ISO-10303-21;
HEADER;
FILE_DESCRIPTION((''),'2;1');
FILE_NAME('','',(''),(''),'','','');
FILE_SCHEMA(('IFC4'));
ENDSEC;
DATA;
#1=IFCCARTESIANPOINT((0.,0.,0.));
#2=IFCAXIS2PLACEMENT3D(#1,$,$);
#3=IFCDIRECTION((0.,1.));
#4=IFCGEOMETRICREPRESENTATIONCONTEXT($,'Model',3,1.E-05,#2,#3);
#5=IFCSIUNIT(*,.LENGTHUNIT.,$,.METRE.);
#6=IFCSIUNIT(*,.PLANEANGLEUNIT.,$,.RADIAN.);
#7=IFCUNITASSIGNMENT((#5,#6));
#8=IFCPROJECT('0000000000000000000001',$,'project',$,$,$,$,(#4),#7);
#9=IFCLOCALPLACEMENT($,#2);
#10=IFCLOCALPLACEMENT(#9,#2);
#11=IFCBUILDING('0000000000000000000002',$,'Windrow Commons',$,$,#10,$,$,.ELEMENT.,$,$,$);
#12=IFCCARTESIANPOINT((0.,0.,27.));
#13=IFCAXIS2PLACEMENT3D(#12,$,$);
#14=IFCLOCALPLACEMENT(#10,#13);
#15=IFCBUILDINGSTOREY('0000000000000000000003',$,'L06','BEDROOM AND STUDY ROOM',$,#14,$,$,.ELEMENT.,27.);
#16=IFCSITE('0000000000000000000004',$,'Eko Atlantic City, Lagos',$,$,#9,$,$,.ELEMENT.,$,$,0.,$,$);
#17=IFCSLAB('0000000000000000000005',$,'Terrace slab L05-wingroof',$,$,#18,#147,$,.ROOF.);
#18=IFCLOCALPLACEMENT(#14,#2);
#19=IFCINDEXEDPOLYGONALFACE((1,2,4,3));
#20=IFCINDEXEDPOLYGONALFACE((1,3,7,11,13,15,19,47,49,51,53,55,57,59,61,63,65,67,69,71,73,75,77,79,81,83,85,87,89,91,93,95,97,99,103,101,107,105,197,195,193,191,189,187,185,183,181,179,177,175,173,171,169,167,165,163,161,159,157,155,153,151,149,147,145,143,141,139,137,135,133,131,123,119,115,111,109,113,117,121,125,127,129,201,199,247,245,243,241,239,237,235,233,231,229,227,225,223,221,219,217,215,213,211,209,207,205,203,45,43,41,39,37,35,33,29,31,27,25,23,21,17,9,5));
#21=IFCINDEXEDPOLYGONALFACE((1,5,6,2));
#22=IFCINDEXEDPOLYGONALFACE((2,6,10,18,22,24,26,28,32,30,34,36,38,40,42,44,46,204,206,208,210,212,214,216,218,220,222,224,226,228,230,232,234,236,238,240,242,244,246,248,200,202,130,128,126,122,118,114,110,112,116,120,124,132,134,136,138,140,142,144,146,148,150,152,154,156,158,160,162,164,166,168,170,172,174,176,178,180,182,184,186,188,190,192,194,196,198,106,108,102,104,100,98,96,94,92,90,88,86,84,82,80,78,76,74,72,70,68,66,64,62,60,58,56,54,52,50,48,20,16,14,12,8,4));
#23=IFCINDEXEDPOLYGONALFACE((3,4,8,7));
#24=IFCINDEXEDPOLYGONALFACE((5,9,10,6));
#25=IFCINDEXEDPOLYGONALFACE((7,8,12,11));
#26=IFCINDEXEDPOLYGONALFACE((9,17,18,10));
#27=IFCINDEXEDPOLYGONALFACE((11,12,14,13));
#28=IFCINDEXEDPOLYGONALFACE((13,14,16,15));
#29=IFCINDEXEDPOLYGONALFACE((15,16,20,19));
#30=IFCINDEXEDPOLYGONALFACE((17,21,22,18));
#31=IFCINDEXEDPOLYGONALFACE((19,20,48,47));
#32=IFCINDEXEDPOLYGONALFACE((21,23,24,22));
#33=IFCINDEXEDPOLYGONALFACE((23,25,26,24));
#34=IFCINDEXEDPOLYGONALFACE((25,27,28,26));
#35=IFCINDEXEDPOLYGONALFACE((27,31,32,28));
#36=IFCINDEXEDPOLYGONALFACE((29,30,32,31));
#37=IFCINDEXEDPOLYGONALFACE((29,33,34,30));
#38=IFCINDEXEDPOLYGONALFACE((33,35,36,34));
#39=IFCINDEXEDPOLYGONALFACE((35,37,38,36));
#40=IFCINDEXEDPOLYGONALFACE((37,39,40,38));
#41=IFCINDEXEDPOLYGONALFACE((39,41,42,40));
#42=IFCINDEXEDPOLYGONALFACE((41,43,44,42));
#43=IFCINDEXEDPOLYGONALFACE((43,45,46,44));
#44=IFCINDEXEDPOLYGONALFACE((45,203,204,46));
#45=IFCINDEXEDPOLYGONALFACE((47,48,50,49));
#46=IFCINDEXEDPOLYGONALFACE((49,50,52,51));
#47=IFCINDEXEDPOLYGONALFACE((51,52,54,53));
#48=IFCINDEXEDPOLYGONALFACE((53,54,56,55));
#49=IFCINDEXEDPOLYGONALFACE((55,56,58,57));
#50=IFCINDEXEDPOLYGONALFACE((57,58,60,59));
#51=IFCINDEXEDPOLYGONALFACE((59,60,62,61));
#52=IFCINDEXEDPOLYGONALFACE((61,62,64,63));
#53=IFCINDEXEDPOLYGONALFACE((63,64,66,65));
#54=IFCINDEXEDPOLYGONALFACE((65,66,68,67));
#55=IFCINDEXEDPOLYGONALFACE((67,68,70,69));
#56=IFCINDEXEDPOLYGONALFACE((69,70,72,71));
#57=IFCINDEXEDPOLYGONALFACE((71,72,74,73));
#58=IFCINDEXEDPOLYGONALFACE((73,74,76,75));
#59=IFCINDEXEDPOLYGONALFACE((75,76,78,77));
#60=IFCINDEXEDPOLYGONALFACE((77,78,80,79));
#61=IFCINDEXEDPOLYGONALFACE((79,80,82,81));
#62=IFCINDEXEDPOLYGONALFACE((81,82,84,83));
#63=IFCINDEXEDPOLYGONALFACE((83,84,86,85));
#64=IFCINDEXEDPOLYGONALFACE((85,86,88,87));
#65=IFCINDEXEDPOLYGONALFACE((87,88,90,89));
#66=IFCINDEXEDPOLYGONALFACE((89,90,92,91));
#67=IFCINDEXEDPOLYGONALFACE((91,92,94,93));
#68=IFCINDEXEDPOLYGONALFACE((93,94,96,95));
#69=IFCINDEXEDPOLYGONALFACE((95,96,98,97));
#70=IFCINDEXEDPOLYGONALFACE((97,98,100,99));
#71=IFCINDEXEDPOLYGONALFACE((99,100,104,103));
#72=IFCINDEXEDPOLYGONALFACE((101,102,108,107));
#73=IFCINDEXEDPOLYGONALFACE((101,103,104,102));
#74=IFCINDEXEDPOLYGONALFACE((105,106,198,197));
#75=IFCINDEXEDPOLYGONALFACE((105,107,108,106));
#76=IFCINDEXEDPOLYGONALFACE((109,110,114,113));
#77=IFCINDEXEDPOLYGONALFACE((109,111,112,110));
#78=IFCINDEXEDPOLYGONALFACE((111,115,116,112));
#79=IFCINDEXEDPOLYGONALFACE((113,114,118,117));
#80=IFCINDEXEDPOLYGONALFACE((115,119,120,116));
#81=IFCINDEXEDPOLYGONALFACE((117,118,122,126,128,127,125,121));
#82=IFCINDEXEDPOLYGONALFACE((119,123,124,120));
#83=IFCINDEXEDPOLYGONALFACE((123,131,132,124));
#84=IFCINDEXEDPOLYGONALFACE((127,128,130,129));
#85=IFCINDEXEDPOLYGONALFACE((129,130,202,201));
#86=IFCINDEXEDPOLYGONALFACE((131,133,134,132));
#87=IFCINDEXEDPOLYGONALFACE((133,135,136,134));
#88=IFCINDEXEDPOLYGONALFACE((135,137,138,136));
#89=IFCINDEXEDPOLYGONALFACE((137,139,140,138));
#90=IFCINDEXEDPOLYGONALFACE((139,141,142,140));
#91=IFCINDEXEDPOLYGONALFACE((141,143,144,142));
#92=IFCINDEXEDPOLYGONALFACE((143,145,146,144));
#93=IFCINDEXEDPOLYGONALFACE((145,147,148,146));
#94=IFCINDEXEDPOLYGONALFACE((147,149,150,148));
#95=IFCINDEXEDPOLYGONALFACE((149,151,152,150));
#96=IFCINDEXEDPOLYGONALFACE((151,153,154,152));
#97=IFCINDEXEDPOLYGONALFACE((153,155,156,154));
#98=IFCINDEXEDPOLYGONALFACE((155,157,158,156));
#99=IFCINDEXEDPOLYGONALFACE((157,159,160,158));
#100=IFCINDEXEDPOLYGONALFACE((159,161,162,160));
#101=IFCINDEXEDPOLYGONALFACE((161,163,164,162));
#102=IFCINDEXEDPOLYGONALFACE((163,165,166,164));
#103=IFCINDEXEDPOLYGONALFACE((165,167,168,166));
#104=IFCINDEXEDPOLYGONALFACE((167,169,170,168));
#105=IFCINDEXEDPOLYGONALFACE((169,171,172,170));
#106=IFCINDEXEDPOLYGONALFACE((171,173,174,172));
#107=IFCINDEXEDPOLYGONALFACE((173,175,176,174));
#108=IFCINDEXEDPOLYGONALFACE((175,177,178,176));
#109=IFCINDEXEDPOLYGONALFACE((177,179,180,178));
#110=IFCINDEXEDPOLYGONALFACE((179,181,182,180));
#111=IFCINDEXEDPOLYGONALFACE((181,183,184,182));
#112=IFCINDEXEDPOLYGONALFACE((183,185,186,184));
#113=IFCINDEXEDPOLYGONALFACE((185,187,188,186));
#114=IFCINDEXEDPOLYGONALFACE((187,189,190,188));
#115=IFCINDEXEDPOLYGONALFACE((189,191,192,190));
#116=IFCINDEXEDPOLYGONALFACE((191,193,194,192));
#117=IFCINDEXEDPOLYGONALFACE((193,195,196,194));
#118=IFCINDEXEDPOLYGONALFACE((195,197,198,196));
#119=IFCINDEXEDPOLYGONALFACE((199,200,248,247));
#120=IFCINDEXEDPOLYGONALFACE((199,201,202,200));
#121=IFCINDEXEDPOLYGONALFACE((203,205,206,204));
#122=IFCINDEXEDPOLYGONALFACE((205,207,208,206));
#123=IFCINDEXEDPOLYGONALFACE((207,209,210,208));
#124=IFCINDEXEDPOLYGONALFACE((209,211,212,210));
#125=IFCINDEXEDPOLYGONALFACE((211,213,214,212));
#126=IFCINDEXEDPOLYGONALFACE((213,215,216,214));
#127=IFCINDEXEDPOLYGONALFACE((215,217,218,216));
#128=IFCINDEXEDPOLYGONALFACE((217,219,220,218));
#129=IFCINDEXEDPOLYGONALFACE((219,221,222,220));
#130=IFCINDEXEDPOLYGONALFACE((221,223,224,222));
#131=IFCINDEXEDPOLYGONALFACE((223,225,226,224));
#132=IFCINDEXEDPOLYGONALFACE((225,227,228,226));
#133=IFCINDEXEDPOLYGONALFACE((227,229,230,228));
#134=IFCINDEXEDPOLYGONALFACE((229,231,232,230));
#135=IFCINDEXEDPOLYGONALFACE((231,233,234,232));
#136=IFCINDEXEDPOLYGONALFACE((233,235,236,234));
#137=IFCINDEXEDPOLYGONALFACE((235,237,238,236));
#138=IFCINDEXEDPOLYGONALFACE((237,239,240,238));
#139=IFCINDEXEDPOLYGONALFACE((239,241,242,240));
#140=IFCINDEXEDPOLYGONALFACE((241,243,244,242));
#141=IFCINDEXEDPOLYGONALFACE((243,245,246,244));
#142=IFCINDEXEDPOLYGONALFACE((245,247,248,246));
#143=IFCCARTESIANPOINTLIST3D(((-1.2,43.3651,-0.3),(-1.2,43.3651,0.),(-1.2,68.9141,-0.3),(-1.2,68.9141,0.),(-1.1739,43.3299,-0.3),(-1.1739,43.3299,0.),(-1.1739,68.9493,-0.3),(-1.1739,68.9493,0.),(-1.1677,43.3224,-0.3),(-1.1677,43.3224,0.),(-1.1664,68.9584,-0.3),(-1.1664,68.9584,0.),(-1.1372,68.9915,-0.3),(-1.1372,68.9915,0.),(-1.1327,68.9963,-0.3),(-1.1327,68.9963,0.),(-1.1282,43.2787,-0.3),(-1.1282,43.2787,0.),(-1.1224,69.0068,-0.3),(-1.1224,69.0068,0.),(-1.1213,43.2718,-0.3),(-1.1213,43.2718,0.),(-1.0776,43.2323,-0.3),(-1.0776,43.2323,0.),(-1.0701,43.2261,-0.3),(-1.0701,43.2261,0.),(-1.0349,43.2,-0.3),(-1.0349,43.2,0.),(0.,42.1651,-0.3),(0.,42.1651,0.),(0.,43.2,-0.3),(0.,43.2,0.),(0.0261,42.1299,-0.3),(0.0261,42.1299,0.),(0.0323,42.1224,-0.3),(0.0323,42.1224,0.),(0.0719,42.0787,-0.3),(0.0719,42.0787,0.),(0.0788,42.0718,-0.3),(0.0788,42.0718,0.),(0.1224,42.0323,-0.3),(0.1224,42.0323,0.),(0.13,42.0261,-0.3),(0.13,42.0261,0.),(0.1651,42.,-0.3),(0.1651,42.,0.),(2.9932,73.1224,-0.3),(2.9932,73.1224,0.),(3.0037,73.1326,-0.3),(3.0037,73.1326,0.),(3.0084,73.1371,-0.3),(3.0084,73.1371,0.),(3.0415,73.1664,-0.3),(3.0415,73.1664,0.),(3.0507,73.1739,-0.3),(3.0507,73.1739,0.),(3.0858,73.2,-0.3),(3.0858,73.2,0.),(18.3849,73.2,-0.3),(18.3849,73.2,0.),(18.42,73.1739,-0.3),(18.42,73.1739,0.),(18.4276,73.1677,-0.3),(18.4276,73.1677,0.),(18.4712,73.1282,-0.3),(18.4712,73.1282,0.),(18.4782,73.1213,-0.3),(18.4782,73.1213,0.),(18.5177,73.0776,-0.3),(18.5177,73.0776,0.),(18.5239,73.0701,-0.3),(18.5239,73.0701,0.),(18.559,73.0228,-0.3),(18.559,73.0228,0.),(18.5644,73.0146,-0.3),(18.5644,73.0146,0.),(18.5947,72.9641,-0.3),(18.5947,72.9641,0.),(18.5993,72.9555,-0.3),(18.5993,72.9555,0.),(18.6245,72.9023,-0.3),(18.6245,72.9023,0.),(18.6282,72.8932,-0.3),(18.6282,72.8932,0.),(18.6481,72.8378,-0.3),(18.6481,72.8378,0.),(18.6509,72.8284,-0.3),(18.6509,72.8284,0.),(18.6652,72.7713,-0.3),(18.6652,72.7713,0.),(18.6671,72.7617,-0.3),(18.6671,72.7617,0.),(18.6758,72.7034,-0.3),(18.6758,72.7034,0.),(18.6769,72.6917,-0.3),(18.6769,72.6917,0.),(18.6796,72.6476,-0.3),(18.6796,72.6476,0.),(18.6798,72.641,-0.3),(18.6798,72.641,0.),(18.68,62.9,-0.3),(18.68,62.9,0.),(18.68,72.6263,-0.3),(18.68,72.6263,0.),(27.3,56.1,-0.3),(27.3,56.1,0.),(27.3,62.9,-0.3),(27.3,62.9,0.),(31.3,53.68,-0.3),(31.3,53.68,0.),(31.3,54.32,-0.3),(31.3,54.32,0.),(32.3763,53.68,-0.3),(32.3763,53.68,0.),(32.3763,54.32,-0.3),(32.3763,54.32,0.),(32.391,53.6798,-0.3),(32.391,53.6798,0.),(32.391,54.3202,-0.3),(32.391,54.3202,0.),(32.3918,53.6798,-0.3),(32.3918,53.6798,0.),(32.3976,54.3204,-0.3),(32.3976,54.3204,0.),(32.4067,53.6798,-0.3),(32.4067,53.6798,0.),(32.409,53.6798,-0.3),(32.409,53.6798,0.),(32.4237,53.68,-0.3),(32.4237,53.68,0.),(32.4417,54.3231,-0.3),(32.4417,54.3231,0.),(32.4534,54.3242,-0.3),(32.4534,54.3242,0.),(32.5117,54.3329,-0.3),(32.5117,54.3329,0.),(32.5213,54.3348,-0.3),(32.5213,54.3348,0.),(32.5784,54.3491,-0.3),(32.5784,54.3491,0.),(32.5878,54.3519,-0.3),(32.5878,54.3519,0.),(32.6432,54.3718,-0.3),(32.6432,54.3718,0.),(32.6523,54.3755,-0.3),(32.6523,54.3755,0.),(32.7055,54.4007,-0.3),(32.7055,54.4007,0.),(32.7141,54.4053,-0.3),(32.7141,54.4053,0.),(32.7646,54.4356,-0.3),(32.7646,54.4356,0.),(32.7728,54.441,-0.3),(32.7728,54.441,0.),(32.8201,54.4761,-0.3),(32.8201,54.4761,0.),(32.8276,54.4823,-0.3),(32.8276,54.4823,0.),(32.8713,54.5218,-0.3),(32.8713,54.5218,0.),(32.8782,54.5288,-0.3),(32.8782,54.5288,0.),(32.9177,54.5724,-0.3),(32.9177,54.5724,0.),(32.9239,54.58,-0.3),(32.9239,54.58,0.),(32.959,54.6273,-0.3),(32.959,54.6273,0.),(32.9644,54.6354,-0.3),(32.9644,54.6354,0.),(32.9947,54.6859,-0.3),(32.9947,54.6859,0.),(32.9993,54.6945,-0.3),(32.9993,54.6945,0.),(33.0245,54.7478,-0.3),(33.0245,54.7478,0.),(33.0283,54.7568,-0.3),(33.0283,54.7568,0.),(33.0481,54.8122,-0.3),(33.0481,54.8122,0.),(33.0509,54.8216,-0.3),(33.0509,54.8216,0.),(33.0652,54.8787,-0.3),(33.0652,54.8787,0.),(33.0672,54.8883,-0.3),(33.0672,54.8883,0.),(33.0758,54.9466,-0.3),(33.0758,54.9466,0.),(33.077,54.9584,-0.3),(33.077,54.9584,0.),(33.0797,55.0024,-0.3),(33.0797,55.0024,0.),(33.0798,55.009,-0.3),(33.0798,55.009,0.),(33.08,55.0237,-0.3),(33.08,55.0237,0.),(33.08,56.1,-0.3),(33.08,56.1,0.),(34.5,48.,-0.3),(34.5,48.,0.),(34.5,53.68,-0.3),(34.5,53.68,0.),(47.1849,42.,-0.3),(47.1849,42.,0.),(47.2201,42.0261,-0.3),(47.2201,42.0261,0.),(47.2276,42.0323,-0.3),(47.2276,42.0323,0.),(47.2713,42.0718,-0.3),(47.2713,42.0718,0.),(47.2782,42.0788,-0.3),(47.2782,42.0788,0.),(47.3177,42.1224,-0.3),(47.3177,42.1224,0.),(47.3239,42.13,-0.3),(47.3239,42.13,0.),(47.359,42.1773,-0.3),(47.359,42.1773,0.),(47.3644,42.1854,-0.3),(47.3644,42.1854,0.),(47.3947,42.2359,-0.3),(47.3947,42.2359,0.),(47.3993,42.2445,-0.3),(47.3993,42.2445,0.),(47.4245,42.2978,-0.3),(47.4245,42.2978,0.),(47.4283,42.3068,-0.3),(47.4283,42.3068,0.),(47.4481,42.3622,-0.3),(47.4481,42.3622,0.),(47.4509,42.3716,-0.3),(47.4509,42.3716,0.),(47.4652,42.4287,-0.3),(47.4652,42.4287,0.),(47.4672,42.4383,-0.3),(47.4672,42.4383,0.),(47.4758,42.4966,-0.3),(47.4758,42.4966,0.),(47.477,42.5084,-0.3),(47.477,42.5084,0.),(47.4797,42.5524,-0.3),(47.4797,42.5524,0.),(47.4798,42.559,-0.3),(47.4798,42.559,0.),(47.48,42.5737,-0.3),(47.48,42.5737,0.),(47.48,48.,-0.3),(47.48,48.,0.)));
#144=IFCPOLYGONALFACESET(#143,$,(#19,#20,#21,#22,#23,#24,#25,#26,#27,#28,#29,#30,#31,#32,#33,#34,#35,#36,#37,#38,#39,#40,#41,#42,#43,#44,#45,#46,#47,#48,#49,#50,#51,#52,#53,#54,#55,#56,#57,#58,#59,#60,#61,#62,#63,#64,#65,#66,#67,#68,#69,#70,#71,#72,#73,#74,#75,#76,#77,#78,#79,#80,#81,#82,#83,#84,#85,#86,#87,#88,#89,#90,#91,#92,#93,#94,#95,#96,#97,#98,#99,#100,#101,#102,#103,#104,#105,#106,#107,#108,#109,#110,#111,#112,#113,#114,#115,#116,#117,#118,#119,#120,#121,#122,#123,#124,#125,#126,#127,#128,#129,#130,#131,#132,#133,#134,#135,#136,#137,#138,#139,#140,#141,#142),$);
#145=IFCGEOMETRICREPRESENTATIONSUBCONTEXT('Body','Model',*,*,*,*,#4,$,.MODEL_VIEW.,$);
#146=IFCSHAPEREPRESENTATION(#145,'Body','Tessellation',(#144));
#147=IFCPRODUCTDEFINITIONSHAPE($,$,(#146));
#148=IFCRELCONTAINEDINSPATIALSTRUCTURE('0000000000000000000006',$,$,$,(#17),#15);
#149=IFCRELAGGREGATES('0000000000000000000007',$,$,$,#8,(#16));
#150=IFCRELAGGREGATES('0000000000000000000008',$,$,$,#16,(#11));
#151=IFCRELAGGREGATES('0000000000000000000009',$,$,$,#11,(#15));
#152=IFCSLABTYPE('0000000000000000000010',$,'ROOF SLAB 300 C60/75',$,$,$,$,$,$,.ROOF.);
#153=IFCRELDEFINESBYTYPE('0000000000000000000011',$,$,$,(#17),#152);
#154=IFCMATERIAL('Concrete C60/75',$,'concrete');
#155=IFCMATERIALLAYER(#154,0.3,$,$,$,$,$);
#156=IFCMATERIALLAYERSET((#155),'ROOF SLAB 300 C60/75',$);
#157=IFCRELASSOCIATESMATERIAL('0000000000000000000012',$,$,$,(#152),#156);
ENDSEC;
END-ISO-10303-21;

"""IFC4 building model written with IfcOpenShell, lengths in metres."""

from ifc_helpers import new_model, si_unit, direction, frame, origin, place, context, subcontext, project, spatial, polyline, outline, extrude, material, layer, layer_set, type_object, element, save


model = new_model("IFC4")

# Units and contexts
model_context = context("Model", 3, precision=1e-05, world=origin(), true_north=direction((0.0, 1.0)))
body_context = subcontext(model_context, "Body", "Model", "MODEL_VIEW")
ifc_project = project(units=[si_unit("LENGTHUNIT", "METRE"), si_unit("PLANEANGLEUNIT", "RADIAN")], contexts=[model_context])

# Site, building, storey
site_placement = place(None, origin())
site = spatial("IfcSite", under=ifc_project, at=site_placement, Name="Eko Atlantic City, Lagos", CompositionType="ELEMENT", RefElevation=0.0)
building_placement = place(site_placement, origin())
building = spatial("IfcBuilding", under=site, at=building_placement, Name="Windrow Commons", CompositionType="ELEMENT")
storey_placement = place(building_placement, frame((0.0, 0.0, 27.0)))
storey = spatial("IfcBuildingStorey", under=building, at=storey_placement, Name="L06", Description="BEDROOM AND STUDY ROOM", CompositionType="ELEMENT", Elevation=27.0)

# Slab
ifc_material_1 = material(Name="Concrete C60/75", Category="concrete")
ifc_layer_1 = layer(ifc_material_1, 0.3)
ifc_layer_set_1 = layer_set([ifc_layer_1], Name="ROOF SLAB 300 C60/75")
slab_type = type_object("IfcSlabType", Name="ROOF SLAB 300 C60/75", PredefinedType="ROOF", material=ifc_layer_set_1)
slab_placement = place(storey_placement, frame((0.0, 0.0, -0.3)))
element("IfcSlab", 1, at=slab_placement, inside=storey, type_object=slab_type, Name="Terrace slab L05-wingroof", PredefinedType="ROOF", context=body_context, shape_type="SweptSolid", body=[
    extrude(outline(polyline([(-1.1664, 68.9584), (-1.1739, 68.9493), (-1.2, 68.9141), (-1.2, 43.3651), (-1.1739, 43.3299), (-1.1677, 43.3224), (-1.1282, 43.2787), (-1.1213, 43.2718), (-1.0776, 43.2323), (-1.0701, 43.2261), (-1.0349, 43.2), (0.0, 43.2), (0.0, 42.1651), (0.0261, 42.1299), (0.0323, 42.1224), (0.0719, 42.0787), (0.0788, 42.0718), (0.1224, 42.0323), (0.13, 42.0261), (0.1651, 42.0), (47.1849, 42.0), (47.2201, 42.0261), (47.2276, 42.0323), (47.2713, 42.0718), (47.2782, 42.0788), (47.3177, 42.1224), (47.3239, 42.13), (47.359, 42.1773), (47.3644, 42.1854), (47.3947, 42.2359), (47.3993, 42.2445), (47.4245, 42.2978), (47.4283, 42.3068), (47.4481, 42.3622), (47.4509, 42.3716), (47.4652, 42.4287), (47.4672, 42.4383), (47.4758, 42.4966), (47.477, 42.5084), (47.4797, 42.5524), (47.4798, 42.559), (47.48, 42.5737), (47.48, 48.0), (34.5, 48.0), (34.5, 53.68), (32.4237, 53.68), (32.409, 53.6798), (32.4067, 53.6798), (32.3918, 53.6798), (32.391, 53.6798), (32.3763, 53.68), (31.3, 53.68), (31.3, 54.32), (32.3763, 54.32), (32.391, 54.3202), (32.3976, 54.3204), (32.4417, 54.3231), (32.4534, 54.3242), (32.5117, 54.3329), (32.5213, 54.3348), (32.5784, 54.3491), (32.5878, 54.3519), (32.6432, 54.3718), (32.6523, 54.3755), (32.7055, 54.4007), (32.7141, 54.4053), (32.7646, 54.4356), (32.7728, 54.441), (32.8201, 54.4761), (32.8276, 54.4823), (32.8713, 54.5218), (32.8782, 54.5288), (32.9177, 54.5724), (32.9239, 54.58), (32.959, 54.6273), (32.9644, 54.6354), (32.9947, 54.6859), (32.9993, 54.6945), (33.0245, 54.7478), (33.0283, 54.7568), (33.0481, 54.8122), (33.0509, 54.8216), (33.0652, 54.8787), (33.0672, 54.8883), (33.0758, 54.9466), (33.077, 54.9584), (33.0797, 55.0024), (33.0798, 55.009), (33.08, 55.0237), (33.08, 56.1), (27.3, 56.1), (27.3, 62.9), (18.68, 62.9), (18.68, 72.6263), (18.6798, 72.641), (18.6796, 72.6476), (18.6769, 72.6917), (18.6758, 72.7034), (18.6671, 72.7617), (18.6652, 72.7713), (18.6509, 72.8284), (18.6481, 72.8378), (18.6282, 72.8932), (18.6245, 72.9023), (18.5993, 72.9555), (18.5947, 72.9641), (18.5644, 73.0146), (18.559, 73.0228), (18.5239, 73.0701), (18.5177, 73.0776), (18.4782, 73.1213), (18.4712, 73.1282), (18.4276, 73.1677), (18.42, 73.1739), (18.3849, 73.2), (3.0858, 73.2), (3.0507, 73.1739), (3.0415, 73.1664), (3.0084, 73.1371), (3.0037, 73.1326), (2.9932, 73.1224), (-1.1224, 69.0068), (-1.1327, 68.9963), (-1.1372, 68.9915), (-1.1664, 68.9584)])), origin(), (0.0, 0.0, 1.0), 0.3),
])

save(model, "model.ifc")
